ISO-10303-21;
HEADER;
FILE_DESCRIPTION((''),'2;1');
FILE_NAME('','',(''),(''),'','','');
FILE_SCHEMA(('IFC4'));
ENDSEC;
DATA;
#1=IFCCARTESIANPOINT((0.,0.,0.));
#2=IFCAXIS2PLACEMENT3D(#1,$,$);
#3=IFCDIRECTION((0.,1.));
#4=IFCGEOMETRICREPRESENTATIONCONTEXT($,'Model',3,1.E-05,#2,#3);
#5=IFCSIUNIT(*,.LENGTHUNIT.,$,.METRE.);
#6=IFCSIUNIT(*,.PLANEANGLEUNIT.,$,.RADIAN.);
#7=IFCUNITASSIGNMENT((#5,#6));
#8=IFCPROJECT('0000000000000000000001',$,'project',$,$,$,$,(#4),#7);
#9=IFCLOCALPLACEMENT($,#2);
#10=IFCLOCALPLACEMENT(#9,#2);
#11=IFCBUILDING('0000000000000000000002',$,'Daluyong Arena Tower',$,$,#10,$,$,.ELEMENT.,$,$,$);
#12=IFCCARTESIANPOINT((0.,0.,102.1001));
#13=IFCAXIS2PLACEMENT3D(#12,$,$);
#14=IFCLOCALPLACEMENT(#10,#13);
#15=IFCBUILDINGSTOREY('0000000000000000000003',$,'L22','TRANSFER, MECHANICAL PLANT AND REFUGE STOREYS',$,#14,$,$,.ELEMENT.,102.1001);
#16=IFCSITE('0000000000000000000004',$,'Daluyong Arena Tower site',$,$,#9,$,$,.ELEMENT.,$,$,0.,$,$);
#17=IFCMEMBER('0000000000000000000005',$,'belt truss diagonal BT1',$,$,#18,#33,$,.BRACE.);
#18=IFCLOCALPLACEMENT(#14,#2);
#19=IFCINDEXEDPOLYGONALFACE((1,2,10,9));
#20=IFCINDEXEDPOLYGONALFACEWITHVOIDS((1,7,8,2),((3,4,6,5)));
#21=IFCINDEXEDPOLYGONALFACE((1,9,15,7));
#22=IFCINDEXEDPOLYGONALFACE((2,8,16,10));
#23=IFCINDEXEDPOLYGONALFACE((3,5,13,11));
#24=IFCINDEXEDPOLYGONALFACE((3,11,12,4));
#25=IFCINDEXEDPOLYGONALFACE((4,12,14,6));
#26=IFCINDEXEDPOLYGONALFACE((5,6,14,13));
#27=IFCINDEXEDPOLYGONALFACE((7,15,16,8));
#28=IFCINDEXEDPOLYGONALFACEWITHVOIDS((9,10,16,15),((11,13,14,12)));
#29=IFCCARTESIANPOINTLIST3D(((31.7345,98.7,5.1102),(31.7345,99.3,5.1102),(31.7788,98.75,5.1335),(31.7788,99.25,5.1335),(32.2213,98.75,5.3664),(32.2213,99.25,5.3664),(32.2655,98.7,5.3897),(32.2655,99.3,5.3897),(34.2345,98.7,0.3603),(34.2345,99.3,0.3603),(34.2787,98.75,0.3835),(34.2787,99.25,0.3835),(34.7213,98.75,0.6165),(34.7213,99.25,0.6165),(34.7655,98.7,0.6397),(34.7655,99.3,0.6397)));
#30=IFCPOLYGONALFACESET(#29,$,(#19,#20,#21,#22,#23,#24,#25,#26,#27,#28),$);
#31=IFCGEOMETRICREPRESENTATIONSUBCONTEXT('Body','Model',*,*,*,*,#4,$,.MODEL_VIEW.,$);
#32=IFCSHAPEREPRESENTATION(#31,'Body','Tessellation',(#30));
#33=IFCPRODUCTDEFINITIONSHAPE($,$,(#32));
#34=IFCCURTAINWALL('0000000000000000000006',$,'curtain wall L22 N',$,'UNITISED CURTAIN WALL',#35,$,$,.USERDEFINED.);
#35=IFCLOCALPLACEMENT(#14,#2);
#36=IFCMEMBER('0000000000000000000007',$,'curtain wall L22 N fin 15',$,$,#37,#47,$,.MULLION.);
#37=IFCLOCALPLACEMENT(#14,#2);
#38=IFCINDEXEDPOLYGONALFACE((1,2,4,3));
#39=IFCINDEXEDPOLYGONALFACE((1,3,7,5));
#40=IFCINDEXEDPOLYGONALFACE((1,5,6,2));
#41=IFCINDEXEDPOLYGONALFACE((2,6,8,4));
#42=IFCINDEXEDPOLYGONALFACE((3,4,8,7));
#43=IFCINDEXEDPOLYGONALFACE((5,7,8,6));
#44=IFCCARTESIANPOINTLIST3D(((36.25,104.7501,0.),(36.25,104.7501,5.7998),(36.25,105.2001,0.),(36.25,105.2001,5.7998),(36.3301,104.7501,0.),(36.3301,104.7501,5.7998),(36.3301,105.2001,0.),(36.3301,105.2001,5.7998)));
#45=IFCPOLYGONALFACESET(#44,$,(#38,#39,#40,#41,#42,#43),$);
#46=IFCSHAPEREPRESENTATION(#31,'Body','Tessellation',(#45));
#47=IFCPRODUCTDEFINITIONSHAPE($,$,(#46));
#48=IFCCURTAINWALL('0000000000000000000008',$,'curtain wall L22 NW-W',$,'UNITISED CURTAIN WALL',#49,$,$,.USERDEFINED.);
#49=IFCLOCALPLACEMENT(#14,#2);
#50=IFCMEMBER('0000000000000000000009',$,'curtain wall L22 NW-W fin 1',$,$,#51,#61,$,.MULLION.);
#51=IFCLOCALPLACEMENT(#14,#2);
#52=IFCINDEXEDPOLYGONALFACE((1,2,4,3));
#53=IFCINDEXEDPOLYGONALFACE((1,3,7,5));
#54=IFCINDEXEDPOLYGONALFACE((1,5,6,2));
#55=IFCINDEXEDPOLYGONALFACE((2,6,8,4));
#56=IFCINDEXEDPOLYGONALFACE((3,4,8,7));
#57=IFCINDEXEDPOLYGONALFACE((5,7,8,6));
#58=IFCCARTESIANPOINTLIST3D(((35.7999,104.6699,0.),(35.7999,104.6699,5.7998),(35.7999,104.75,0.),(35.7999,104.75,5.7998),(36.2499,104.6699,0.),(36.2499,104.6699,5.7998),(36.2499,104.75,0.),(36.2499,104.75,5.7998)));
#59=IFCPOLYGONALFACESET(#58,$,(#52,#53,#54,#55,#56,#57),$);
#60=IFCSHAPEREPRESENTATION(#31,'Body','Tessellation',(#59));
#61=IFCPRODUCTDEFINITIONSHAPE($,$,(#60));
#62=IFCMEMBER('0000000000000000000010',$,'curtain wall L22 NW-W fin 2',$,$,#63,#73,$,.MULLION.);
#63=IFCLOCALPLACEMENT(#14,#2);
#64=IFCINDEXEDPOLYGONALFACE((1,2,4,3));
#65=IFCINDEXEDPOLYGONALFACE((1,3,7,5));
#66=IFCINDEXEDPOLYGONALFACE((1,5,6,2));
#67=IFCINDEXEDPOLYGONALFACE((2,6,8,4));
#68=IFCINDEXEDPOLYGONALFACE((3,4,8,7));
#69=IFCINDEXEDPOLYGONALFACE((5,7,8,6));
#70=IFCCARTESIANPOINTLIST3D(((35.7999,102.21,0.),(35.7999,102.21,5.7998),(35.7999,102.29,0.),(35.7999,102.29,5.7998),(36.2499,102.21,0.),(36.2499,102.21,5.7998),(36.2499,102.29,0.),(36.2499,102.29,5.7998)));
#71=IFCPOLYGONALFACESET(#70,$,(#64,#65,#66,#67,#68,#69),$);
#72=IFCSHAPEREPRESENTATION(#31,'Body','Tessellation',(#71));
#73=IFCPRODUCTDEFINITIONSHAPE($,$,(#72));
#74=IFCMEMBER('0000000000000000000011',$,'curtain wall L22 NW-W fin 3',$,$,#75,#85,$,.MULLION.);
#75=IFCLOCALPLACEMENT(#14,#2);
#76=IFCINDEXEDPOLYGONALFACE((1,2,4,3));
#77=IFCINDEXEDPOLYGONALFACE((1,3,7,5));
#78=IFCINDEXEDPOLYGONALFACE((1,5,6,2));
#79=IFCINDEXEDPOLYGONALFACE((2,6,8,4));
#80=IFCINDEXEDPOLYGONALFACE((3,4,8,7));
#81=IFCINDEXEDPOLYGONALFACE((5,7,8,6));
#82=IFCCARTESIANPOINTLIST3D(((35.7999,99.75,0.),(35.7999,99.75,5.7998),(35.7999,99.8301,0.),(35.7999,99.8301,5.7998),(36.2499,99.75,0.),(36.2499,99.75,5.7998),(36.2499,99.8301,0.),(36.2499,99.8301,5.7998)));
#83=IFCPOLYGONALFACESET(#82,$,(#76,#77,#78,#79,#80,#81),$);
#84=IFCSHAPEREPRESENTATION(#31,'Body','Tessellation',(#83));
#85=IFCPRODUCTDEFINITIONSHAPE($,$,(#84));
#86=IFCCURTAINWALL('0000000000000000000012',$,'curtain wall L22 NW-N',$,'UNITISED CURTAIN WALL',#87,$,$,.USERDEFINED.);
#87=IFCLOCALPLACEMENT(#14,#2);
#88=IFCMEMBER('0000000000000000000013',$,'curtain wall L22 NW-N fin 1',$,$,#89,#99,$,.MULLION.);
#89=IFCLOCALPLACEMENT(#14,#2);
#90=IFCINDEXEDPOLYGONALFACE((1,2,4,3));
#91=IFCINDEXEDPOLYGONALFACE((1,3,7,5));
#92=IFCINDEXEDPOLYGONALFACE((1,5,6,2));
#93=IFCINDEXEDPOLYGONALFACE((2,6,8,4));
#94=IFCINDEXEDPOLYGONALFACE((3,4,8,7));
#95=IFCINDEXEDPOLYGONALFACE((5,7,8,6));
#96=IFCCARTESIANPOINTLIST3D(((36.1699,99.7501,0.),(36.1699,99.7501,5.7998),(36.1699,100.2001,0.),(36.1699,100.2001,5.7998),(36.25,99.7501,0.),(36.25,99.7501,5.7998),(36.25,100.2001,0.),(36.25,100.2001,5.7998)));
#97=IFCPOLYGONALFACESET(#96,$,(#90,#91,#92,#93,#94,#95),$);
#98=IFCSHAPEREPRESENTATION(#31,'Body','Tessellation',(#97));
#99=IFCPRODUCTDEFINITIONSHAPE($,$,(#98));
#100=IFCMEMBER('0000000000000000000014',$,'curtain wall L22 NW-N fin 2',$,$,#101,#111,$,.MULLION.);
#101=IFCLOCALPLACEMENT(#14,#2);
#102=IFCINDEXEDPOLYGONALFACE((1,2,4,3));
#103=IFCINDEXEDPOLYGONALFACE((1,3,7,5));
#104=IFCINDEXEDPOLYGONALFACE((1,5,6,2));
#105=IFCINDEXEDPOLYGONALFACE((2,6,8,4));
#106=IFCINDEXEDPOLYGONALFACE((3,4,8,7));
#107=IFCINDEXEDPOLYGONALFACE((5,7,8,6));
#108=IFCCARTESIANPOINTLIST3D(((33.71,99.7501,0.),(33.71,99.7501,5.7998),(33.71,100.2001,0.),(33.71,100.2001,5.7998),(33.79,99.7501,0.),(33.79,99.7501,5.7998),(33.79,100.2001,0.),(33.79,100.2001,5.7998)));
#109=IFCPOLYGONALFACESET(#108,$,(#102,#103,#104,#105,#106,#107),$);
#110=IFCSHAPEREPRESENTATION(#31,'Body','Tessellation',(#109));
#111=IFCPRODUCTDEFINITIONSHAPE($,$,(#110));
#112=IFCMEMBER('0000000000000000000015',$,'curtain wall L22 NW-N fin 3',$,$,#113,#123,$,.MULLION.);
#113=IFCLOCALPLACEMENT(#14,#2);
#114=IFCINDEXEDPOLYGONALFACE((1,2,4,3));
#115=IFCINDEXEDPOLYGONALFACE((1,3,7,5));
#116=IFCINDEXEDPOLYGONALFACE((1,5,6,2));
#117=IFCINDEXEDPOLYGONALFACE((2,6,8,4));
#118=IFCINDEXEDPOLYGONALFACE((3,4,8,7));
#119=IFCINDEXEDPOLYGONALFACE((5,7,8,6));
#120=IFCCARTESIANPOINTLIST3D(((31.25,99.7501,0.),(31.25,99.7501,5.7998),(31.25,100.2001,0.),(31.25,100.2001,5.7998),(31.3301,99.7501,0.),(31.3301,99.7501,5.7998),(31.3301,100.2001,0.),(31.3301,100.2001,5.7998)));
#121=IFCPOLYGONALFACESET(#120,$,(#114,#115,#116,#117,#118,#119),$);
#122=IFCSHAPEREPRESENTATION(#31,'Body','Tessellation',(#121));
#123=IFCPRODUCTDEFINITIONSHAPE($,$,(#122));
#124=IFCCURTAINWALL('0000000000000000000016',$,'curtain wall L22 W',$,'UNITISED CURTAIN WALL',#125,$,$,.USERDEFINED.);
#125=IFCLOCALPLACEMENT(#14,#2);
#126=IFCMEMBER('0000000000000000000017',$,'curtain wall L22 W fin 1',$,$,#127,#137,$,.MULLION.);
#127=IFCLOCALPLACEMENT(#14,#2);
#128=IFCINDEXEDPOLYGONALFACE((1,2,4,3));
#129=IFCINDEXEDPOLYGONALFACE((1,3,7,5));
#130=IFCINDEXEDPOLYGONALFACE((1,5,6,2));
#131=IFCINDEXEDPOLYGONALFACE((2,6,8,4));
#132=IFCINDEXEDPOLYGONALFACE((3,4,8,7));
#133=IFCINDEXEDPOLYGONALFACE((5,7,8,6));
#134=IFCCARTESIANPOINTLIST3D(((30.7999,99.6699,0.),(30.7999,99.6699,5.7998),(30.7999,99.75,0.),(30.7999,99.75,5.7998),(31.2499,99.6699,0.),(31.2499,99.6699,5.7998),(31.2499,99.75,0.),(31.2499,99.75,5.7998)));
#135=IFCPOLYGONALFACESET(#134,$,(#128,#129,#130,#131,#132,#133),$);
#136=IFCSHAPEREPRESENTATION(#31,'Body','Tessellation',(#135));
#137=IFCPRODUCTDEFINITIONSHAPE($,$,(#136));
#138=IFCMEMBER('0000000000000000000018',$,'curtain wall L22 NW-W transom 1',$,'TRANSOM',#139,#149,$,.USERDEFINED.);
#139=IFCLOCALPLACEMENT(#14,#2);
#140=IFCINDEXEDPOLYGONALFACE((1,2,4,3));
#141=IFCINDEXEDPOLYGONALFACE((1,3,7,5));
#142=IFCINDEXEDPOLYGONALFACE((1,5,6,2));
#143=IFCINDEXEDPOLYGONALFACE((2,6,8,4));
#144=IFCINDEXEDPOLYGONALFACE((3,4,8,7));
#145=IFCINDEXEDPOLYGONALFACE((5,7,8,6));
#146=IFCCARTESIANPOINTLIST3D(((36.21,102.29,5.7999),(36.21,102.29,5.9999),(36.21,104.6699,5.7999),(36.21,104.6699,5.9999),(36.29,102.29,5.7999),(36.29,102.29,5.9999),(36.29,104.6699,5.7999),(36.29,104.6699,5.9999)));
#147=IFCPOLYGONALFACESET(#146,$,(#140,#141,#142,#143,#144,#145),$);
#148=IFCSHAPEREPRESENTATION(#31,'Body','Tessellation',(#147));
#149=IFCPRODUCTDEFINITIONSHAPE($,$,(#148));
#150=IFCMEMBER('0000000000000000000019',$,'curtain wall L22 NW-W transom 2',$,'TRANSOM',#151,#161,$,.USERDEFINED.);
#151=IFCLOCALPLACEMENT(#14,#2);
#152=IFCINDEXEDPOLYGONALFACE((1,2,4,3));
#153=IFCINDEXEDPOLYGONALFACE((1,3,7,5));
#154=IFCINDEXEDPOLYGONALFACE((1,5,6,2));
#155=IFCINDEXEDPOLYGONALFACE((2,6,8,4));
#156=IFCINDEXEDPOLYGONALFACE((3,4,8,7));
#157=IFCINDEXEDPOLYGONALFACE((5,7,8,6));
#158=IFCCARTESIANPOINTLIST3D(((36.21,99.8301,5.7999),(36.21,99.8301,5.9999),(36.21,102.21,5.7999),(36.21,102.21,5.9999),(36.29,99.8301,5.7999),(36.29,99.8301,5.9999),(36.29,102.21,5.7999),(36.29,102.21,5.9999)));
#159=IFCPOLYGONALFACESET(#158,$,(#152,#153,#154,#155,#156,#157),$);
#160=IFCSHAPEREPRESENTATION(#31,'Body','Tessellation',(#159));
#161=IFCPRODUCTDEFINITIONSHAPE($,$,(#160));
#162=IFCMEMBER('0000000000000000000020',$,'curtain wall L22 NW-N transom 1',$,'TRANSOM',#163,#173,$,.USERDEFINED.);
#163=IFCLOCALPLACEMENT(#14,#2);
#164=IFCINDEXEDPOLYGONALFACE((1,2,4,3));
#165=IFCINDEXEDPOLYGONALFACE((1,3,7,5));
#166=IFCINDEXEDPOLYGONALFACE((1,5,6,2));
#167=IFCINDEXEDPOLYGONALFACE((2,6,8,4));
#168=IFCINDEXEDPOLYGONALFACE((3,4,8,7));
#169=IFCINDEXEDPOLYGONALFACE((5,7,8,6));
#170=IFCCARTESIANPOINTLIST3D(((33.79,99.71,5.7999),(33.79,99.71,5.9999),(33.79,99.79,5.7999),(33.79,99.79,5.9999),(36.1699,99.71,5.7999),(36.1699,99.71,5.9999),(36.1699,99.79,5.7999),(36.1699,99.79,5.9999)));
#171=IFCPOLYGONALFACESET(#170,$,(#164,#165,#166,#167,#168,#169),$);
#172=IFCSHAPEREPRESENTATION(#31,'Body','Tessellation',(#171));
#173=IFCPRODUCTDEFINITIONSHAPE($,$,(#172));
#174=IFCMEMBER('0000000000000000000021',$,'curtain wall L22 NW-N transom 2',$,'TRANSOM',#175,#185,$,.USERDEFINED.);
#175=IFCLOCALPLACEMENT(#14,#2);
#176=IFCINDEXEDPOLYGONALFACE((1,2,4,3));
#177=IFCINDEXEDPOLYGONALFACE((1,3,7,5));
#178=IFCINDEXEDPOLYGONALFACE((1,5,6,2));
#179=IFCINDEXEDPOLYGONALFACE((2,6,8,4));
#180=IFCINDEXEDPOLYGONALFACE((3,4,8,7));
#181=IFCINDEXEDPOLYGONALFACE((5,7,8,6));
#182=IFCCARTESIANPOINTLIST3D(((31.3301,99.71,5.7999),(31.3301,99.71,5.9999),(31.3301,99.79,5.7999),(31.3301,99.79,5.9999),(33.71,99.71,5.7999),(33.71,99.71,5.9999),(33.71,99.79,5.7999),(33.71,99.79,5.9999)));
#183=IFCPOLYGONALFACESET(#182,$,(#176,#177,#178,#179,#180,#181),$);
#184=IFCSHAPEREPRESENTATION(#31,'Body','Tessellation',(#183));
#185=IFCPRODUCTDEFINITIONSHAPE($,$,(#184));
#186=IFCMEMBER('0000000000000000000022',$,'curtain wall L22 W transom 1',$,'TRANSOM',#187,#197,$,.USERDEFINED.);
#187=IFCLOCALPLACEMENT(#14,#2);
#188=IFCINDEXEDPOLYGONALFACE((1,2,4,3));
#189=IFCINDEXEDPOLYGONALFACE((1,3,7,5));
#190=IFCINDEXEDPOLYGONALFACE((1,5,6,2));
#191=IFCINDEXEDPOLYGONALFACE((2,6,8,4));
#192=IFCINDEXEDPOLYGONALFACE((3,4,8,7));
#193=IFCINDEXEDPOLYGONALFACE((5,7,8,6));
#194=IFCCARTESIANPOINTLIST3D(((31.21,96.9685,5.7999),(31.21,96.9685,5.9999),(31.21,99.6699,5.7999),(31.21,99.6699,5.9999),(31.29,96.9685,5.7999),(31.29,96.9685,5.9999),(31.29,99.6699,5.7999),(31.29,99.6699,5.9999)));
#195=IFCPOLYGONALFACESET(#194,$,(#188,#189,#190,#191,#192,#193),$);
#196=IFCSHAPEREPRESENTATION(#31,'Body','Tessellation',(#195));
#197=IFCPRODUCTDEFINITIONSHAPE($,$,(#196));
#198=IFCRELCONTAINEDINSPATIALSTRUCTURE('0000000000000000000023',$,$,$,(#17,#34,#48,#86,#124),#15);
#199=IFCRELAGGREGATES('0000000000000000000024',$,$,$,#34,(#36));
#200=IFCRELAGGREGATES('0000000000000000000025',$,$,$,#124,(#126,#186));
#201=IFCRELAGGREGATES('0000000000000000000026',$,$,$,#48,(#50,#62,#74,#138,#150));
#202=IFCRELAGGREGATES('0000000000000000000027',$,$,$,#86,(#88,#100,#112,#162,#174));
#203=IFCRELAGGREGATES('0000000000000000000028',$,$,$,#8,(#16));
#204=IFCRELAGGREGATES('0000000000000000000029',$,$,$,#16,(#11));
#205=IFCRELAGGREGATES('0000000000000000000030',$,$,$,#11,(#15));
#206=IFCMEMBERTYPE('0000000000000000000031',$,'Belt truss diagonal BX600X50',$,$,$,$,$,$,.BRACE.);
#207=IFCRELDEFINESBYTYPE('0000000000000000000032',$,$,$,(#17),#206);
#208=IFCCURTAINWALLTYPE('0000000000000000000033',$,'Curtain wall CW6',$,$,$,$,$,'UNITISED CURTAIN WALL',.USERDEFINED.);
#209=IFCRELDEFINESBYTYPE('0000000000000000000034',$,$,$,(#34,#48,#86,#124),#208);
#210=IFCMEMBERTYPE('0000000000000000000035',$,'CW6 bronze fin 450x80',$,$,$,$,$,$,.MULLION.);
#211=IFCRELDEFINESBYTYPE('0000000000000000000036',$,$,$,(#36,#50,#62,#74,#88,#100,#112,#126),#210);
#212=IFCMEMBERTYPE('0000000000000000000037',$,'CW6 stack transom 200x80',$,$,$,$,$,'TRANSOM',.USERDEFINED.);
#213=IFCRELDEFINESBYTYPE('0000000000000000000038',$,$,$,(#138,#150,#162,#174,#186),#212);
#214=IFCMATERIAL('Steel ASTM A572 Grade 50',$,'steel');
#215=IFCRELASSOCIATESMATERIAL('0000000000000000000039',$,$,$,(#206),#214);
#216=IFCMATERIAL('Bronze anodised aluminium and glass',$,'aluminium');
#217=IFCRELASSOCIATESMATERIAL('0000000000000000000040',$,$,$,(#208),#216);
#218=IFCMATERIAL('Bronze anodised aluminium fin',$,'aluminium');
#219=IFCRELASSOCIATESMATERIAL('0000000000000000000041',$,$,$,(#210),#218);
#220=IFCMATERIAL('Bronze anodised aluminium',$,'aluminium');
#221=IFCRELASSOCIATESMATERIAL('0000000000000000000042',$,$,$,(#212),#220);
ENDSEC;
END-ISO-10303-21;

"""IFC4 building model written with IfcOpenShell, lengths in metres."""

from ifc_helpers import new_model, si_unit, direction, frame, origin, origin_2d, place, context, subcontext, project, spatial, rectangle, hollow_rectangle, extrude, material, material_profile, profile_set, type_object, element, aggregate, save


model = new_model("IFC4")

# Units and contexts
model_context = context("Model", 3, precision=1e-05, world=origin(), true_north=direction((0.0, 1.0)))
body_context = subcontext(model_context, "Body", "Model", "MODEL_VIEW")
ifc_project = project(units=[si_unit("LENGTHUNIT", "METRE"), si_unit("PLANEANGLEUNIT", "RADIAN")], contexts=[model_context])

# Site, building, storey
site_placement = place(None, origin())
site = spatial("IfcSite", under=ifc_project, at=site_placement, Name="Daluyong Arena Tower site", CompositionType="ELEMENT", RefElevation=0.0)
building_placement = place(site_placement, origin())
building = spatial("IfcBuilding", under=site, at=building_placement, Name="Daluyong Arena Tower", CompositionType="ELEMENT")
storey_placement = place(building_placement, frame((0.0, 0.0, 102.1001)))
storey = spatial("IfcBuildingStorey", under=building, at=storey_placement, Name="L22", Description="TRANSFER, MECHANICAL PLANT AND REFUGE STOREYS", CompositionType="ELEMENT", Elevation=102.1001)

# Member
ifc_material_1 = material(Name="Steel ASTM A572 Grade 50", Category="steel")
ifc_material_profile_1 = material_profile(ifc_material_1, hollow_rectangle(XDim=0.6001, YDim=0.6001, WallThickness=0.05, at=origin_2d()))
ifc_profile_set_1 = profile_set([ifc_material_profile_1], Name="Steel ASTM A572 Grade 50")
member_type_1 = type_object("IfcMemberType", Name="Belt truss diagonal BX600X50", PredefinedType="BRACE", material=ifc_profile_set_1)
member_1_placement = place(storey_placement, frame((34.5, 99.0, 0.5), z_axis=(-0.465746, 0.0, 0.884918), x_axis=(0.0, -1.0, 0.0)))
element("IfcMember", 1, at=member_1_placement, inside=storey, type_object=member_type_1, Name="belt truss diagonal BT1", PredefinedType="BRACE", context=body_context, shape_type="SweptSolid", body=[
    extrude(hollow_rectangle(XDim=0.6001, YDim=0.6001, WallThickness=0.05, at=origin_2d()), origin(), (0.0, 0.0, 1.0), 5.3677),
])

# Curtain wall, member
ifc_material_2 = material(Name="Bronze anodised aluminium and glass", Category="aluminium")
curtain_wall_type = type_object("IfcCurtainWallType", Name="Curtain wall CW6", ElementType="UNITISED CURTAIN WALL", PredefinedType="USERDEFINED", material=ifc_material_2)
curtain_wall_1_placement = place(storey_placement, origin())
curtain_wall_1 = element("IfcCurtainWall", 2, at=curtain_wall_1_placement, inside=storey, type_object=curtain_wall_type, Name="curtain wall L22 N", ObjectType="UNITISED CURTAIN WALL", PredefinedType="USERDEFINED")
ifc_material_3 = material(Name="Bronze anodised aluminium fin", Category="aluminium")
ifc_material_profile_2 = material_profile(ifc_material_3, rectangle(XDim=0.45, YDim=0.0801, at=origin_2d()))
ifc_profile_set_2 = profile_set([ifc_material_profile_2], Name="Bronze anodised aluminium fin")
member_type_2 = type_object("IfcMemberType", Name="CW6 bronze fin 450x80", PredefinedType="MULLION", material=ifc_profile_set_2)
member_2_placement = place(storey_placement, frame((36.29, 104.9751, 0.0), z_axis=(0.0, 0.0, 1.0), x_axis=(0.0, -1.0, 0.0)))
member_2 = element("IfcMember", 3, at=member_2_placement, type_object=member_type_2, Name="curtain wall L22 N fin 15", PredefinedType="MULLION", context=body_context, shape_type="SweptSolid", body=[
    extrude(rectangle(XDim=0.45, YDim=0.0801, at=origin_2d()), origin(), (0.0, 0.0, 1.0), 5.7998),
])
aggregate(curtain_wall_1, [member_2])

# Curtain walls, members
curtain_wall_2_placement = place(storey_placement, origin())
curtain_wall_2 = element("IfcCurtainWall", 4, at=curtain_wall_2_placement, inside=storey, type_object=curtain_wall_type, Name="curtain wall L22 NW-W", ObjectType="UNITISED CURTAIN WALL", PredefinedType="USERDEFINED")
member_3_placement = place(storey_placement, frame((36.0249, 104.71, 0.0), z_axis=(0.0, 0.0, 1.0), x_axis=(1.0, 0.0, 0.0)))
member_3 = element("IfcMember", 5, at=member_3_placement, type_object=member_type_2, Name="curtain wall L22 NW-W fin 1", PredefinedType="MULLION", context=body_context, shape_type="SweptSolid", body=[
    extrude(rectangle(XDim=0.45, YDim=0.0801, at=origin_2d()), origin(), (0.0, 0.0, 1.0), 5.7998),
])
member_4_placement = place(storey_placement, frame((36.0249, 102.25, 0.0), z_axis=(0.0, 0.0, 1.0), x_axis=(1.0, 0.0, 0.0)))
member_4 = element("IfcMember", 6, at=member_4_placement, type_object=member_type_2, Name="curtain wall L22 NW-W fin 2", PredefinedType="MULLION", context=body_context, shape_type="SweptSolid", body=[
    extrude(rectangle(XDim=0.45, YDim=0.0801, at=origin_2d()), origin(), (0.0, 0.0, 1.0), 5.7998),
])
member_5_placement = place(storey_placement, frame((36.0249, 99.79, 0.0), z_axis=(0.0, 0.0, 1.0), x_axis=(1.0, 0.0, 0.0)))
member_5 = element("IfcMember", 7, at=member_5_placement, type_object=member_type_2, Name="curtain wall L22 NW-W fin 3", PredefinedType="MULLION", context=body_context, shape_type="SweptSolid", body=[
    extrude(rectangle(XDim=0.45, YDim=0.0801, at=origin_2d()), origin(), (0.0, 0.0, 1.0), 5.7998),
])
curtain_wall_3_placement = place(storey_placement, origin())
curtain_wall_3 = element("IfcCurtainWall", 8, at=curtain_wall_3_placement, inside=storey, type_object=curtain_wall_type, Name="curtain wall L22 NW-N", ObjectType="UNITISED CURTAIN WALL", PredefinedType="USERDEFINED")
member_6_placement = place(storey_placement, frame((36.21, 99.9751, 0.0), z_axis=(0.0, 0.0, 1.0), x_axis=(0.0, -1.0, 0.0)))
member_6 = element("IfcMember", 9, at=member_6_placement, type_object=member_type_2, Name="curtain wall L22 NW-N fin 1", PredefinedType="MULLION", context=body_context, shape_type="SweptSolid", body=[
    extrude(rectangle(XDim=0.45, YDim=0.0801, at=origin_2d()), origin(), (0.0, 0.0, 1.0), 5.7998),
])
member_7_placement = place(storey_placement, frame((33.75, 99.9751, 0.0), z_axis=(0.0, 0.0, 1.0), x_axis=(0.0, -1.0, 0.0)))
member_7 = element("IfcMember", 10, at=member_7_placement, type_object=member_type_2, Name="curtain wall L22 NW-N fin 2", PredefinedType="MULLION", context=body_context, shape_type="SweptSolid", body=[
    extrude(rectangle(XDim=0.45, YDim=0.0801, at=origin_2d()), origin(), (0.0, 0.0, 1.0), 5.7998),
])
member_8_placement = place(storey_placement, frame((31.29, 99.9751, 0.0), z_axis=(0.0, 0.0, 1.0), x_axis=(0.0, -1.0, 0.0)))
member_8 = element("IfcMember", 11, at=member_8_placement, type_object=member_type_2, Name="curtain wall L22 NW-N fin 3", PredefinedType="MULLION", context=body_context, shape_type="SweptSolid", body=[
    extrude(rectangle(XDim=0.45, YDim=0.0801, at=origin_2d()), origin(), (0.0, 0.0, 1.0), 5.7998),
])

# Curtain wall, member
curtain_wall_4_placement = place(storey_placement, origin())
curtain_wall_4 = element("IfcCurtainWall", 12, at=curtain_wall_4_placement, inside=storey, type_object=curtain_wall_type, Name="curtain wall L22 W", ObjectType="UNITISED CURTAIN WALL", PredefinedType="USERDEFINED")
member_9_placement = place(storey_placement, frame((31.0249, 99.71, 0.0), z_axis=(0.0, 0.0, 1.0), x_axis=(1.0, 0.0, 0.0)))
member_9 = element("IfcMember", 13, at=member_9_placement, type_object=member_type_2, Name="curtain wall L22 W fin 1", PredefinedType="MULLION", context=body_context, shape_type="SweptSolid", body=[
    extrude(rectangle(XDim=0.45, YDim=0.0801, at=origin_2d()), origin(), (0.0, 0.0, 1.0), 5.7998),
])

# Members
ifc_material_4 = material(Name="Bronze anodised aluminium", Category="aluminium")
ifc_material_profile_3 = material_profile(ifc_material_4, rectangle(XDim=0.0801, YDim=0.2, at=origin_2d()))
ifc_profile_set_3 = profile_set([ifc_material_profile_3], Name="Bronze anodised aluminium")
member_type_3 = type_object("IfcMemberType", Name="CW6 stack transom 200x80", ElementType="TRANSOM", PredefinedType="USERDEFINED", material=ifc_profile_set_3)
member_10_placement = place(storey_placement, frame((36.25, 104.6699, 5.8999), z_axis=(0.0, -1.0, 0.0), x_axis=(1.0, 0.0, 0.0)))
member_10 = element("IfcMember", 14, at=member_10_placement, type_object=member_type_3, Name="curtain wall L22 NW-W transom 1", ObjectType="TRANSOM", PredefinedType="USERDEFINED", context=body_context, shape_type="SweptSolid", body=[
    extrude(rectangle(XDim=0.0801, YDim=0.2, at=origin_2d()), origin(), (0.0, 0.0, 1.0), 2.3799),
])
member_11_placement = place(storey_placement, frame((36.25, 102.21, 5.8999), z_axis=(0.0, -1.0, 0.0), x_axis=(1.0, 0.0, 0.0)))
member_11 = element("IfcMember", 15, at=member_11_placement, type_object=member_type_3, Name="curtain wall L22 NW-W transom 2", ObjectType="TRANSOM", PredefinedType="USERDEFINED", context=body_context, shape_type="SweptSolid", body=[
    extrude(rectangle(XDim=0.0801, YDim=0.2, at=origin_2d()), origin(), (0.0, 0.0, 1.0), 2.3799),
])
member_12_placement = place(storey_placement, frame((36.1699, 99.75, 5.8999), z_axis=(-1.0, 0.0, 0.0), x_axis=(0.0, -1.0, 0.0)))
member_12 = element("IfcMember", 16, at=member_12_placement, type_object=member_type_3, Name="curtain wall L22 NW-N transom 1", ObjectType="TRANSOM", PredefinedType="USERDEFINED", context=body_context, shape_type="SweptSolid", body=[
    extrude(rectangle(XDim=0.0801, YDim=0.2, at=origin_2d()), origin(), (0.0, 0.0, 1.0), 2.3799),
])
member_13_placement = place(storey_placement, frame((33.71, 99.75, 5.8999), z_axis=(-1.0, 0.0, 0.0), x_axis=(0.0, -1.0, 0.0)))
member_13 = element("IfcMember", 17, at=member_13_placement, type_object=member_type_3, Name="curtain wall L22 NW-N transom 2", ObjectType="TRANSOM", PredefinedType="USERDEFINED", context=body_context, shape_type="SweptSolid", body=[
    extrude(rectangle(XDim=0.0801, YDim=0.2, at=origin_2d()), origin(), (0.0, 0.0, 1.0), 2.3799),
])
member_14_placement = place(storey_placement, frame((31.25, 99.6699, 5.8999), z_axis=(0.0, -1.0, 0.0), x_axis=(1.0, 0.0, 0.0)))
member_14 = element("IfcMember", 18, at=member_14_placement, type_object=member_type_3, Name="curtain wall L22 W transom 1", ObjectType="TRANSOM", PredefinedType="USERDEFINED", context=body_context, shape_type="SweptSolid", body=[
    extrude(rectangle(XDim=0.0801, YDim=0.2, at=origin_2d()), origin(), (0.0, 0.0, 1.0), 2.7014),
])
aggregate(curtain_wall_4, [member_9, member_14])

aggregate(curtain_wall_2, [member_3, member_4, member_5, member_10, member_11])
aggregate(curtain_wall_3, [member_6, member_7, member_8, member_12, member_13])

save(model, "model.ifc")
